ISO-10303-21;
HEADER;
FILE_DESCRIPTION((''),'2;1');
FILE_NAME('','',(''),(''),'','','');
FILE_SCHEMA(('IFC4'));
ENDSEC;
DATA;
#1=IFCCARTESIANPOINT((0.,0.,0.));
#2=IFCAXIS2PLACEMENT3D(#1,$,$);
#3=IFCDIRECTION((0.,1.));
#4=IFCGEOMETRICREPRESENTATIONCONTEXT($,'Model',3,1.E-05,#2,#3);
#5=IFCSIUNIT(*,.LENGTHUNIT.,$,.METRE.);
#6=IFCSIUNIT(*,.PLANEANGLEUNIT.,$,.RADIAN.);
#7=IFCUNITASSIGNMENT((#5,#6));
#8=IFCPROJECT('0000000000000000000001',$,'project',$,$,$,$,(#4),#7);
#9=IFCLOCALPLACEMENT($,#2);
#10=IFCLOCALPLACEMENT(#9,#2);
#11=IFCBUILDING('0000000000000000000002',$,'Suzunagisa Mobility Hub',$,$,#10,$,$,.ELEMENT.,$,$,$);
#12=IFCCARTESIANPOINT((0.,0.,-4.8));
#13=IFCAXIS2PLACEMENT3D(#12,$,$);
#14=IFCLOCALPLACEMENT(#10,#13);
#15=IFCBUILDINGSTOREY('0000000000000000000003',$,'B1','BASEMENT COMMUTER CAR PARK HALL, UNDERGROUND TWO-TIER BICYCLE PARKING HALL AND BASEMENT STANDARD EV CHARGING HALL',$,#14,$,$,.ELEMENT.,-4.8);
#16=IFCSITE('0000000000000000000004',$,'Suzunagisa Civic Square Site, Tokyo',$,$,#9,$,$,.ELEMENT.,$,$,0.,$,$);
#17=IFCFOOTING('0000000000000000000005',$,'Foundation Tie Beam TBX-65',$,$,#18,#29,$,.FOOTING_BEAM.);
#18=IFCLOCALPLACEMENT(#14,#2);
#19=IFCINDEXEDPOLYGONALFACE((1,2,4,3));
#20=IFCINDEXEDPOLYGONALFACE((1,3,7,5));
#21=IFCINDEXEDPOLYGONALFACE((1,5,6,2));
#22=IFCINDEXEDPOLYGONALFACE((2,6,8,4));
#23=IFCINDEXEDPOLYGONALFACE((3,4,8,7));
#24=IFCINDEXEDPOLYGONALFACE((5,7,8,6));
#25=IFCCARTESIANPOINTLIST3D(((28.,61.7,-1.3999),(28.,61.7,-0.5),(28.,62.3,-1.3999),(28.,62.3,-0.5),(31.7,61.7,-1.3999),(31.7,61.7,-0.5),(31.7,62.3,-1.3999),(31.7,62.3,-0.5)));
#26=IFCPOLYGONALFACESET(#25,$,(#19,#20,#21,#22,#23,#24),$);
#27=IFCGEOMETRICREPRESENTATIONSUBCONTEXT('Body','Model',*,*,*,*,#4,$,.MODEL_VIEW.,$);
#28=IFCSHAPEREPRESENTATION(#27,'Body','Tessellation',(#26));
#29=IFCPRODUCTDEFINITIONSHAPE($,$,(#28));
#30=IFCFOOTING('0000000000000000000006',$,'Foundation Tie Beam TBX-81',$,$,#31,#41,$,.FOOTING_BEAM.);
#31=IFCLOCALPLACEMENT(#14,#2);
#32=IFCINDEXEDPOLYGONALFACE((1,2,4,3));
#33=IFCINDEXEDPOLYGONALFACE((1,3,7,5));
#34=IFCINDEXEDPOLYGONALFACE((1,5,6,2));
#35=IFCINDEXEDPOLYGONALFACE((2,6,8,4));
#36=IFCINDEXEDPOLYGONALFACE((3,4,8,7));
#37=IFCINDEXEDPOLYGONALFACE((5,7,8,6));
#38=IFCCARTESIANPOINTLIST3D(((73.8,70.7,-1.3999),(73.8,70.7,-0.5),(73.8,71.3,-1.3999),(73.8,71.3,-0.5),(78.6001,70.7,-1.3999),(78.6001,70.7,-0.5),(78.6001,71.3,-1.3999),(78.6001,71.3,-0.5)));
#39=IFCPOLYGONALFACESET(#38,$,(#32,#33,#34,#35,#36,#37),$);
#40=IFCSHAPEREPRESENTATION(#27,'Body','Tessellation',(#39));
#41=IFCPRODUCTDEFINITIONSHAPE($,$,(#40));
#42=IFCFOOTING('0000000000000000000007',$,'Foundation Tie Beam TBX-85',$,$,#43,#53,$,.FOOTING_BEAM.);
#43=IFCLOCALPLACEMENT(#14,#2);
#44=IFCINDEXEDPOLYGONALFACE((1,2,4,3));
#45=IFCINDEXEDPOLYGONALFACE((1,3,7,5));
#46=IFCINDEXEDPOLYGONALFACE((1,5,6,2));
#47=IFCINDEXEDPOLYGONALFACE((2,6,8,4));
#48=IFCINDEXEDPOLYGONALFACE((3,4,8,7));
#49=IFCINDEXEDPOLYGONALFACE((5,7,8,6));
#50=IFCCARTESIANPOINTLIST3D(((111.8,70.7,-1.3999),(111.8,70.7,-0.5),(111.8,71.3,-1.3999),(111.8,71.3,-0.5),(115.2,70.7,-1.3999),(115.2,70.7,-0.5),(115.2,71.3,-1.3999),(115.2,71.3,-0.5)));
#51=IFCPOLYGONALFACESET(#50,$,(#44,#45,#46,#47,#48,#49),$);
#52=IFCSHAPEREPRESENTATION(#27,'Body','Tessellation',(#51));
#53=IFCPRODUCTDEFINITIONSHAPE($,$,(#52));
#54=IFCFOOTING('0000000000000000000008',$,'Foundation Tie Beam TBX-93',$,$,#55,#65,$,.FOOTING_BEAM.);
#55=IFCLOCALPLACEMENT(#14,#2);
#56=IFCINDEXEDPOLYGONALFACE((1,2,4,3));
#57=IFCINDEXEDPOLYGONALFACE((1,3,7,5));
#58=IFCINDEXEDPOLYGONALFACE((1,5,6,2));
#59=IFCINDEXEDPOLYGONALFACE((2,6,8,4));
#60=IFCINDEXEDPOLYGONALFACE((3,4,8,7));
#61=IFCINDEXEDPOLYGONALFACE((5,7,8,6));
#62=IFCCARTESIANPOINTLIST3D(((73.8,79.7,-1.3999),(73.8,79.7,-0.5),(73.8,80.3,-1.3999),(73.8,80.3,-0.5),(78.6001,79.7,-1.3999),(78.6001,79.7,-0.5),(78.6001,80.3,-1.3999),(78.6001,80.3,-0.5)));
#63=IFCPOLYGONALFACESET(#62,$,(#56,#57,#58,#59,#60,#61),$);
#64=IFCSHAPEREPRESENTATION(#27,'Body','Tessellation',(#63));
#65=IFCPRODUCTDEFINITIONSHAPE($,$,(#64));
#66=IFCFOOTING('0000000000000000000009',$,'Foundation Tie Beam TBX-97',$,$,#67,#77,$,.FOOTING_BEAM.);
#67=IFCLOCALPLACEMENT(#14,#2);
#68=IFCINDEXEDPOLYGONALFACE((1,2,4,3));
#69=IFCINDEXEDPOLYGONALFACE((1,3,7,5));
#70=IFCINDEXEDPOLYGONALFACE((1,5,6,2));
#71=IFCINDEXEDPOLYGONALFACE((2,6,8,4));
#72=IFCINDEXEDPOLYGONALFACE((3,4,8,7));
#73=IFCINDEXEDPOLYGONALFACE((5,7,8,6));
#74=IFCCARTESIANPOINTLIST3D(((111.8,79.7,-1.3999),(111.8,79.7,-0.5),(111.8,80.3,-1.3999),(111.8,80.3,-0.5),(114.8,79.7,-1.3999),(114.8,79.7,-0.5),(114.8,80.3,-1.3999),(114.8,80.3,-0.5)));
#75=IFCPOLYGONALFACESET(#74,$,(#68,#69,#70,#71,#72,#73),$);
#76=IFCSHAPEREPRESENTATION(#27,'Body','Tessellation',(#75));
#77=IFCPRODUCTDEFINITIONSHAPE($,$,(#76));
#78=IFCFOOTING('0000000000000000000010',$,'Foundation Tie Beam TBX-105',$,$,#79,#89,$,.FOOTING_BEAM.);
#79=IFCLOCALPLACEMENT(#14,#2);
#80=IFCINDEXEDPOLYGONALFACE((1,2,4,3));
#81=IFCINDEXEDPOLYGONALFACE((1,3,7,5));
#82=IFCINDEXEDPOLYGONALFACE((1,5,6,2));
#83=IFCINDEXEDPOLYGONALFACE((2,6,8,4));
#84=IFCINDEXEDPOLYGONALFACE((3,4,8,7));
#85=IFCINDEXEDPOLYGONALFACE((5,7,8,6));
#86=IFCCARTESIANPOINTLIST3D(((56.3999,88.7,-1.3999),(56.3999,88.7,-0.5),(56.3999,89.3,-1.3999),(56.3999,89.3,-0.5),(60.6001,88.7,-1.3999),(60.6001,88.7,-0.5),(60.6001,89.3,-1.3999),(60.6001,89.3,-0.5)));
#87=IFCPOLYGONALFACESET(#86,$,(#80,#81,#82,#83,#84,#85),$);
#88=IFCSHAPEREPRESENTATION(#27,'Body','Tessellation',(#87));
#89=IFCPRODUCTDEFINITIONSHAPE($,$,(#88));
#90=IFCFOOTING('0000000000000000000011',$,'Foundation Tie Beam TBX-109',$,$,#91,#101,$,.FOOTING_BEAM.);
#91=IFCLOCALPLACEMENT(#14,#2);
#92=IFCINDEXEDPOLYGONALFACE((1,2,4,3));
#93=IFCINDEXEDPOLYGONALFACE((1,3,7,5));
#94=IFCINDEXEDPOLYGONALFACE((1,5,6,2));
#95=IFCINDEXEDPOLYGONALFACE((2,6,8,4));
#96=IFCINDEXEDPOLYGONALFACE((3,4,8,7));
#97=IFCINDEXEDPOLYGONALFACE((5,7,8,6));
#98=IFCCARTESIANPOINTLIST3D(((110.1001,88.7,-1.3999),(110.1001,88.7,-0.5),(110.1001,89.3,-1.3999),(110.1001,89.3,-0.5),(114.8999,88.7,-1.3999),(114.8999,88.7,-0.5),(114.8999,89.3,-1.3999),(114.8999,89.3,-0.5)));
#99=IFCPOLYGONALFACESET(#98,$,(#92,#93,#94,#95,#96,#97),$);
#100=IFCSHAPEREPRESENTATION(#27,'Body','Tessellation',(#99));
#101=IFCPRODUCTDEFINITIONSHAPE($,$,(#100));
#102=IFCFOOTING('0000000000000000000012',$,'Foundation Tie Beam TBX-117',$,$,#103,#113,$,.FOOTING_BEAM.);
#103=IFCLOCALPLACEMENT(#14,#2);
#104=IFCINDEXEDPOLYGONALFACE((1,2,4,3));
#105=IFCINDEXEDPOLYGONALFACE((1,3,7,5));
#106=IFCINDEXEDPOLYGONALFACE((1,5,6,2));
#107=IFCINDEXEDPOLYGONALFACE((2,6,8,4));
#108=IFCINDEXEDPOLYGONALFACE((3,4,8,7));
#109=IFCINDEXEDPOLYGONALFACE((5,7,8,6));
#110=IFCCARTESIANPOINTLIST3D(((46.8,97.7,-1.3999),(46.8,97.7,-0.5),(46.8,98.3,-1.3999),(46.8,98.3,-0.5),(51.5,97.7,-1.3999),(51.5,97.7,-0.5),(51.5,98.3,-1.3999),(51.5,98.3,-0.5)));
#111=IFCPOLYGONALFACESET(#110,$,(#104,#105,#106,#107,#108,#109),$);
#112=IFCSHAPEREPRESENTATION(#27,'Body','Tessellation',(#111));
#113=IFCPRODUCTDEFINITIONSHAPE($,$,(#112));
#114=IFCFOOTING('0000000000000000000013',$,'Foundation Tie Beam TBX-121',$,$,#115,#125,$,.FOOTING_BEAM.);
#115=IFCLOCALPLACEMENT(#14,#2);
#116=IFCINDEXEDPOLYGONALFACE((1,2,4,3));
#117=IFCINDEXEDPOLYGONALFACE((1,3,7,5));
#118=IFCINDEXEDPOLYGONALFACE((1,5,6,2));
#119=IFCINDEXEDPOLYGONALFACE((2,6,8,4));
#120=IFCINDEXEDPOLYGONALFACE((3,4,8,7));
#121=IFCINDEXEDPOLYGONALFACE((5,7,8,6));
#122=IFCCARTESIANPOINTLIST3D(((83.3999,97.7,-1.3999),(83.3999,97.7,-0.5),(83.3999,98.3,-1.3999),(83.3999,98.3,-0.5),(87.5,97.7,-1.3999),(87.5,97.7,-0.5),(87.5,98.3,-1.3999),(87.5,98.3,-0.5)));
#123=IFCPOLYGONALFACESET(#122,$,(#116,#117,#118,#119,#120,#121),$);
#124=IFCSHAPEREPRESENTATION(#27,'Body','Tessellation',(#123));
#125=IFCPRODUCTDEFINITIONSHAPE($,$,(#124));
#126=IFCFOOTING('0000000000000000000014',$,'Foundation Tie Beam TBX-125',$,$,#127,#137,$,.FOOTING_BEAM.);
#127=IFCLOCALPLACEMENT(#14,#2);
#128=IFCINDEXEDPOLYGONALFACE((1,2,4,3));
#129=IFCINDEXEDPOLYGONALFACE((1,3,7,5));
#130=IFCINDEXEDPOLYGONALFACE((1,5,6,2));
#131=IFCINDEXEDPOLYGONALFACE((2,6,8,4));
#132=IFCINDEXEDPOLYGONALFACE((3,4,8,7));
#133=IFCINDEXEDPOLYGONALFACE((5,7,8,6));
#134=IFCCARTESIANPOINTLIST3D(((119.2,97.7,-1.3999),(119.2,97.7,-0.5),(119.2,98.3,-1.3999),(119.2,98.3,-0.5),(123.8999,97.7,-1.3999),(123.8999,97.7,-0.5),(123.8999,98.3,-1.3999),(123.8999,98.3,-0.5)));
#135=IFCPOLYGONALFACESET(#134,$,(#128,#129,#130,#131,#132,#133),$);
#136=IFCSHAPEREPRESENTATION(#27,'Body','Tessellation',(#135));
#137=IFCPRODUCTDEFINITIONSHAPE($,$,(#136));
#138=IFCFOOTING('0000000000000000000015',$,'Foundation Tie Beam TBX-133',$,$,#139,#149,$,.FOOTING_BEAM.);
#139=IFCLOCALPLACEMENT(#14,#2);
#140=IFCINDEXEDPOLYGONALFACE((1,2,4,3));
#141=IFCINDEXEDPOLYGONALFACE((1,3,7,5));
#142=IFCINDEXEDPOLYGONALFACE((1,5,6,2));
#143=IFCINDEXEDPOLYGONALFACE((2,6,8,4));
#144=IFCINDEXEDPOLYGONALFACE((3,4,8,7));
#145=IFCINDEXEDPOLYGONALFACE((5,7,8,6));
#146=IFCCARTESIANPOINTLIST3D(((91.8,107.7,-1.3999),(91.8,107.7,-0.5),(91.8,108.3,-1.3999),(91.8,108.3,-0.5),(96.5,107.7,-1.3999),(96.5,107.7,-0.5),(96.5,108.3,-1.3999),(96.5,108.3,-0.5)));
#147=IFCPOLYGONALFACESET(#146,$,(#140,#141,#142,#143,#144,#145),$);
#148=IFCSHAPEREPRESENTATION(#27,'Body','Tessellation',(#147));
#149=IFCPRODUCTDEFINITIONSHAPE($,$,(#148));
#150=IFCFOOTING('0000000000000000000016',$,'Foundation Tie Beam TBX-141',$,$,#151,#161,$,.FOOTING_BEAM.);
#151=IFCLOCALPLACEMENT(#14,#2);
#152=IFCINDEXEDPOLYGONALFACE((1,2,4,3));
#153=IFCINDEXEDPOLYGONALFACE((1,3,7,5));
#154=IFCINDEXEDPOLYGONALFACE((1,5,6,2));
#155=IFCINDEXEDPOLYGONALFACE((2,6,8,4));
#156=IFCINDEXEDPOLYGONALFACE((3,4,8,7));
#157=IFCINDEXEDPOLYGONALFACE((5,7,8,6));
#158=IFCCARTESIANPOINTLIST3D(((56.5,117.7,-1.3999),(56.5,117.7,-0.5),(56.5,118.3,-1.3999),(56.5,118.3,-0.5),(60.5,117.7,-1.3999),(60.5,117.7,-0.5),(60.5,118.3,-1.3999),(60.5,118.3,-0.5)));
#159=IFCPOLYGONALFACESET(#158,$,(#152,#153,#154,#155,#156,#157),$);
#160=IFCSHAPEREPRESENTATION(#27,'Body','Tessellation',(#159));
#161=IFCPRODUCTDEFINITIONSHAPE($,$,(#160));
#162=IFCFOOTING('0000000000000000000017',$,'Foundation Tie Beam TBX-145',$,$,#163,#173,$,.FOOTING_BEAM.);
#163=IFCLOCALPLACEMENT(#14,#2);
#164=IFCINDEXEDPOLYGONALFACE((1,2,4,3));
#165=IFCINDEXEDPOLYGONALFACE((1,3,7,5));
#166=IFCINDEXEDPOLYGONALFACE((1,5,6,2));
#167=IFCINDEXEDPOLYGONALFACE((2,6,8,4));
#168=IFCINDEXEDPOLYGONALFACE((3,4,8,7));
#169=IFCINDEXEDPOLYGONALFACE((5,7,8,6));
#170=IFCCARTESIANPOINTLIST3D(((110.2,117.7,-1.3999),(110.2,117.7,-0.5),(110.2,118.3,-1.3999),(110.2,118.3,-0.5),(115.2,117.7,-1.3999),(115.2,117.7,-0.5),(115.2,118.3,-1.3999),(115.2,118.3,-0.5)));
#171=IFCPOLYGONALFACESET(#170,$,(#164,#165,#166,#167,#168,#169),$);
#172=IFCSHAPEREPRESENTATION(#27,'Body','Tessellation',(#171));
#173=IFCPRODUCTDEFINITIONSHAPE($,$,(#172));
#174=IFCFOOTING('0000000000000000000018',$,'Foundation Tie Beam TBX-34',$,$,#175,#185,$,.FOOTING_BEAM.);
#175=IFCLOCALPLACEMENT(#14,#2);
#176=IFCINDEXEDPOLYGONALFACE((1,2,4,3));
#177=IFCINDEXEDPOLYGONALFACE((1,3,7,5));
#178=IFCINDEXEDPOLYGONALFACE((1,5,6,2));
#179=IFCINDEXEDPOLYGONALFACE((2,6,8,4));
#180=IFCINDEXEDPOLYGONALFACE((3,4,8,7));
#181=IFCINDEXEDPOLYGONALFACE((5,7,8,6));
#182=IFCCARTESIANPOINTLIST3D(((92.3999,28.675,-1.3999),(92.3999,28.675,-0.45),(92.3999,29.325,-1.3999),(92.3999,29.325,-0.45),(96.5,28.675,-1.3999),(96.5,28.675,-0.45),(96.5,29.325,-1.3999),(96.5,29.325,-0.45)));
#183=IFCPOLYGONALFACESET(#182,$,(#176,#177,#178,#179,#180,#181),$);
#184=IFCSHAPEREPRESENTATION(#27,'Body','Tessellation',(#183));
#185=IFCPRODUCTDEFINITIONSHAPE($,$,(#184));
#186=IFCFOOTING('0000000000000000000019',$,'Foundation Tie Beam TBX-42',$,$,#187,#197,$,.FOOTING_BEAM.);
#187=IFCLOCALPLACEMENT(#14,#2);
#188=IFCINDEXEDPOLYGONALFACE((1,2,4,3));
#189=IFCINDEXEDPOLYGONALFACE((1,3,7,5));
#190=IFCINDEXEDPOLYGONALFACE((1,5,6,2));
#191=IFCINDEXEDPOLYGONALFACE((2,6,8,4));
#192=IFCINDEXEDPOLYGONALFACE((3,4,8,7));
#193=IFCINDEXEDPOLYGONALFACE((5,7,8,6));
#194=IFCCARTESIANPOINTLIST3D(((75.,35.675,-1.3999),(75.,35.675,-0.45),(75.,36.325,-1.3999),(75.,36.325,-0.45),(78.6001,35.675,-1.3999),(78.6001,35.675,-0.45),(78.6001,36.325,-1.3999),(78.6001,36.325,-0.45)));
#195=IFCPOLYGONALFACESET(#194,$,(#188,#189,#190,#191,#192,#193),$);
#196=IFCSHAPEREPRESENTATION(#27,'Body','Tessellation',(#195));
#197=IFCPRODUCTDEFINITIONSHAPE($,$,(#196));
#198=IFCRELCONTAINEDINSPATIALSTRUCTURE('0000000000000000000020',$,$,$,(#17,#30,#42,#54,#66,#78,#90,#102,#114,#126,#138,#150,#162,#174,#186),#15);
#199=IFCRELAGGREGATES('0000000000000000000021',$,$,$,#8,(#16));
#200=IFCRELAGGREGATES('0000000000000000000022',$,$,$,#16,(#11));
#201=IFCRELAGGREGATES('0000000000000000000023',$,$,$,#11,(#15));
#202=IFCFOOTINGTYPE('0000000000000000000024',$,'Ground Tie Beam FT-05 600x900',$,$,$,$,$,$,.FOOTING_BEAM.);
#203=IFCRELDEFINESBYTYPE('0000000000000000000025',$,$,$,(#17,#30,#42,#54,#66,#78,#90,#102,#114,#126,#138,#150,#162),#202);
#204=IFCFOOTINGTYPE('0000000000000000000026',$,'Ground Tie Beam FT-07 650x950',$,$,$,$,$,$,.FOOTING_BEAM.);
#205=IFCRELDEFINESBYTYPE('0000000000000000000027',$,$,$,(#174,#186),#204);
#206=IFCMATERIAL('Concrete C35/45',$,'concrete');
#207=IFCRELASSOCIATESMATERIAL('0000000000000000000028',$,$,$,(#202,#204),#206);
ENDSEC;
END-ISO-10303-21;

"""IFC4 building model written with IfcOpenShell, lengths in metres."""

from ifc_helpers import new_model, si_unit, direction, frame, origin, place, context, subcontext, project, spatial, polyline, outline, extrude, material, type_object, element, save


model = new_model("IFC4")

# Units and contexts
model_context = context("Model", 3, precision=1e-05, world=origin(), true_north=direction((0.0, 1.0)))
body_context = subcontext(model_context, "Body", "Model", "MODEL_VIEW")
ifc_project = project(units=[si_unit("LENGTHUNIT", "METRE"), si_unit("PLANEANGLEUNIT", "RADIAN")], contexts=[model_context])

# Site, building, storey
site_placement = place(None, origin())
site = spatial("IfcSite", under=ifc_project, at=site_placement, Name="Suzunagisa Civic Square Site, Tokyo", CompositionType="ELEMENT", RefElevation=0.0)
building_placement = place(site_placement, origin())
building = spatial("IfcBuilding", under=site, at=building_placement, Name="Suzunagisa Mobility Hub", CompositionType="ELEMENT")
storey_placement = place(building_placement, frame((0.0, 0.0, -4.8)))
storey = spatial("IfcBuildingStorey", under=building, at=storey_placement, Name="B1", Description="BASEMENT COMMUTER CAR PARK HALL, UNDERGROUND TWO-TIER BICYCLE PARKING HALL AND BASEMENT STANDARD EV CHARGING HALL", CompositionType="ELEMENT", Elevation=-4.8)

# Footings
ifc_material = material(Name="Concrete C35/45", Category="concrete")
footing_type_1 = type_object("IfcFootingType", Name="Ground Tie Beam FT-05 600x900", PredefinedType="FOOTING_BEAM", material=ifc_material)
footing_1_placement = place(storey_placement, frame((0.0, 0.0, -1.3999)))
element("IfcFooting", 1, at=footing_1_placement, inside=storey, type_object=footing_type_1, Name="Foundation Tie Beam TBX-65", PredefinedType="FOOTING_BEAM", context=body_context, shape_type="SweptSolid", body=[
    extrude(outline(polyline([(28.0, 61.7), (31.7, 61.7), (31.7, 62.3), (28.0, 62.3), (28.0, 61.7)])), origin(), (0.0, 0.0, 1.0), 0.8999),
])
footing_2_placement = place(storey_placement, frame((0.0, 0.0, -1.3999)))
element("IfcFooting", 2, at=footing_2_placement, inside=storey, type_object=footing_type_1, Name="Foundation Tie Beam TBX-81", PredefinedType="FOOTING_BEAM", context=body_context, shape_type="SweptSolid", body=[
    extrude(outline(polyline([(73.8, 70.7), (78.6001, 70.7), (78.6001, 71.3), (73.8, 71.3), (73.8, 70.7)])), origin(), (0.0, 0.0, 1.0), 0.8999),
])
footing_3_placement = place(storey_placement, frame((0.0, 0.0, -1.3999)))
element("IfcFooting", 3, at=footing_3_placement, inside=storey, type_object=footing_type_1, Name="Foundation Tie Beam TBX-85", PredefinedType="FOOTING_BEAM", context=body_context, shape_type="SweptSolid", body=[
    extrude(outline(polyline([(111.8, 70.7), (115.2, 70.7), (115.2, 71.3), (111.8, 71.3), (111.8, 70.7)])), origin(), (0.0, 0.0, 1.0), 0.8999),
])
footing_4_placement = place(storey_placement, frame((0.0, 0.0, -1.3999)))
element("IfcFooting", 4, at=footing_4_placement, inside=storey, type_object=footing_type_1, Name="Foundation Tie Beam TBX-93", PredefinedType="FOOTING_BEAM", context=body_context, shape_type="SweptSolid", body=[
    extrude(outline(polyline([(73.8, 79.7), (78.6001, 79.7), (78.6001, 80.3), (73.8, 80.3), (73.8, 79.7)])), origin(), (0.0, 0.0, 1.0), 0.8999),
])
footing_5_placement = place(storey_placement, frame((0.0, 0.0, -1.3999)))
element("IfcFooting", 5, at=footing_5_placement, inside=storey, type_object=footing_type_1, Name="Foundation Tie Beam TBX-97", PredefinedType="FOOTING_BEAM", context=body_context, shape_type="SweptSolid", body=[
    extrude(outline(polyline([(111.8, 79.7), (114.8, 79.7), (114.8, 80.3), (111.8, 80.3), (111.8, 79.7)])), origin(), (0.0, 0.0, 1.0), 0.8999),
])
footing_6_placement = place(storey_placement, frame((0.0, 0.0, -1.3999)))
element("IfcFooting", 6, at=footing_6_placement, inside=storey, type_object=footing_type_1, Name="Foundation Tie Beam TBX-105", PredefinedType="FOOTING_BEAM", context=body_context, shape_type="SweptSolid", body=[
    extrude(outline(polyline([(56.3999, 88.7), (60.6001, 88.7), (60.6001, 89.3), (56.3999, 89.3), (56.3999, 88.7)])), origin(), (0.0, 0.0, 1.0), 0.8999),
])
footing_7_placement = place(storey_placement, frame((0.0, 0.0, -1.3999)))
element("IfcFooting", 7, at=footing_7_placement, inside=storey, type_object=footing_type_1, Name="Foundation Tie Beam TBX-109", PredefinedType="FOOTING_BEAM", context=body_context, shape_type="SweptSolid", body=[
    extrude(outline(polyline([(110.1001, 88.7), (114.8999, 88.7), (114.8999, 89.3), (110.1001, 89.3), (110.1001, 88.7)])), origin(), (0.0, 0.0, 1.0), 0.8999),
])
footing_8_placement = place(storey_placement, frame((0.0, 0.0, -1.3999)))
element("IfcFooting", 8, at=footing_8_placement, inside=storey, type_object=footing_type_1, Name="Foundation Tie Beam TBX-117", PredefinedType="FOOTING_BEAM", context=body_context, shape_type="SweptSolid", body=[
    extrude(outline(polyline([(46.8, 97.7), (51.5, 97.7), (51.5, 98.3), (46.8, 98.3), (46.8, 97.7)])), origin(), (0.0, 0.0, 1.0), 0.8999),
])
footing_9_placement = place(storey_placement, frame((0.0, 0.0, -1.3999)))
element("IfcFooting", 9, at=footing_9_placement, inside=storey, type_object=footing_type_1, Name="Foundation Tie Beam TBX-121", PredefinedType="FOOTING_BEAM", context=body_context, shape_type="SweptSolid", body=[
    extrude(outline(polyline([(83.3999, 97.7), (87.5, 97.7), (87.5, 98.3), (83.3999, 98.3), (83.3999, 97.7)])), origin(), (0.0, 0.0, 1.0), 0.8999),
])
footing_10_placement = place(storey_placement, frame((0.0, 0.0, -1.3999)))
element("IfcFooting", 10, at=footing_10_placement, inside=storey, type_object=footing_type_1, Name="Foundation Tie Beam TBX-125", PredefinedType="FOOTING_BEAM", context=body_context, shape_type="SweptSolid", body=[
    extrude(outline(polyline([(119.2, 97.7), (123.8999, 97.7), (123.8999, 98.3), (119.2, 98.3), (119.2, 97.7)])), origin(), (0.0, 0.0, 1.0), 0.8999),
])
footing_11_placement = place(storey_placement, frame((0.0, 0.0, -1.3999)))
element("IfcFooting", 11, at=footing_11_placement, inside=storey, type_object=footing_type_1, Name="Foundation Tie Beam TBX-133", PredefinedType="FOOTING_BEAM", context=body_context, shape_type="SweptSolid", body=[
    extrude(outline(polyline([(91.8, 107.7), (96.5, 107.7), (96.5, 108.3), (91.8, 108.3), (91.8, 107.7)])), origin(), (0.0, 0.0, 1.0), 0.8999),
])
footing_12_placement = place(storey_placement, frame((0.0, 0.0, -1.3999)))
element("IfcFooting", 12, at=footing_12_placement, inside=storey, type_object=footing_type_1, Name="Foundation Tie Beam TBX-141", PredefinedType="FOOTING_BEAM", context=body_context, shape_type="SweptSolid", body=[
    extrude(outline(polyline([(56.5, 117.7), (60.5, 117.7), (60.5, 118.3), (56.5, 118.3), (56.5, 117.7)])), origin(), (0.0, 0.0, 1.0), 0.8999),
])
footing_13_placement = place(storey_placement, frame((0.0, 0.0, -1.3999)))
element("IfcFooting", 13, at=footing_13_placement, inside=storey, type_object=footing_type_1, Name="Foundation Tie Beam TBX-145", PredefinedType="FOOTING_BEAM", context=body_context, shape_type="SweptSolid", body=[
    extrude(outline(polyline([(110.2, 117.7), (115.2, 117.7), (115.2, 118.3), (110.2, 118.3), (110.2, 117.7)])), origin(), (0.0, 0.0, 1.0), 0.8999),
])
footing_type_2 = type_object("IfcFootingType", Name="Ground Tie Beam FT-07 650x950", PredefinedType="FOOTING_BEAM", material=ifc_material)
footing_14_placement = place(storey_placement, frame((0.0, 0.0, -1.3999)))
element("IfcFooting", 14, at=footing_14_placement, inside=storey, type_object=footing_type_2, Name="Foundation Tie Beam TBX-34", PredefinedType="FOOTING_BEAM", context=body_context, shape_type="SweptSolid", body=[
    extrude(outline(polyline([(92.3999, 28.675), (96.5, 28.675), (96.5, 29.325), (92.3999, 29.325), (92.3999, 28.675)])), origin(), (0.0, 0.0, 1.0), 0.95),
])
footing_15_placement = place(storey_placement, frame((0.0, 0.0, -1.3999)))
element("IfcFooting", 15, at=footing_15_placement, inside=storey, type_object=footing_type_2, Name="Foundation Tie Beam TBX-42", PredefinedType="FOOTING_BEAM", context=body_context, shape_type="SweptSolid", body=[
    extrude(outline(polyline([(75.0, 35.675), (78.6001, 35.675), (78.6001, 36.325), (75.0, 36.325), (75.0, 35.675)])), origin(), (0.0, 0.0, 1.0), 0.95),
])

save(model, "model.ifc")
